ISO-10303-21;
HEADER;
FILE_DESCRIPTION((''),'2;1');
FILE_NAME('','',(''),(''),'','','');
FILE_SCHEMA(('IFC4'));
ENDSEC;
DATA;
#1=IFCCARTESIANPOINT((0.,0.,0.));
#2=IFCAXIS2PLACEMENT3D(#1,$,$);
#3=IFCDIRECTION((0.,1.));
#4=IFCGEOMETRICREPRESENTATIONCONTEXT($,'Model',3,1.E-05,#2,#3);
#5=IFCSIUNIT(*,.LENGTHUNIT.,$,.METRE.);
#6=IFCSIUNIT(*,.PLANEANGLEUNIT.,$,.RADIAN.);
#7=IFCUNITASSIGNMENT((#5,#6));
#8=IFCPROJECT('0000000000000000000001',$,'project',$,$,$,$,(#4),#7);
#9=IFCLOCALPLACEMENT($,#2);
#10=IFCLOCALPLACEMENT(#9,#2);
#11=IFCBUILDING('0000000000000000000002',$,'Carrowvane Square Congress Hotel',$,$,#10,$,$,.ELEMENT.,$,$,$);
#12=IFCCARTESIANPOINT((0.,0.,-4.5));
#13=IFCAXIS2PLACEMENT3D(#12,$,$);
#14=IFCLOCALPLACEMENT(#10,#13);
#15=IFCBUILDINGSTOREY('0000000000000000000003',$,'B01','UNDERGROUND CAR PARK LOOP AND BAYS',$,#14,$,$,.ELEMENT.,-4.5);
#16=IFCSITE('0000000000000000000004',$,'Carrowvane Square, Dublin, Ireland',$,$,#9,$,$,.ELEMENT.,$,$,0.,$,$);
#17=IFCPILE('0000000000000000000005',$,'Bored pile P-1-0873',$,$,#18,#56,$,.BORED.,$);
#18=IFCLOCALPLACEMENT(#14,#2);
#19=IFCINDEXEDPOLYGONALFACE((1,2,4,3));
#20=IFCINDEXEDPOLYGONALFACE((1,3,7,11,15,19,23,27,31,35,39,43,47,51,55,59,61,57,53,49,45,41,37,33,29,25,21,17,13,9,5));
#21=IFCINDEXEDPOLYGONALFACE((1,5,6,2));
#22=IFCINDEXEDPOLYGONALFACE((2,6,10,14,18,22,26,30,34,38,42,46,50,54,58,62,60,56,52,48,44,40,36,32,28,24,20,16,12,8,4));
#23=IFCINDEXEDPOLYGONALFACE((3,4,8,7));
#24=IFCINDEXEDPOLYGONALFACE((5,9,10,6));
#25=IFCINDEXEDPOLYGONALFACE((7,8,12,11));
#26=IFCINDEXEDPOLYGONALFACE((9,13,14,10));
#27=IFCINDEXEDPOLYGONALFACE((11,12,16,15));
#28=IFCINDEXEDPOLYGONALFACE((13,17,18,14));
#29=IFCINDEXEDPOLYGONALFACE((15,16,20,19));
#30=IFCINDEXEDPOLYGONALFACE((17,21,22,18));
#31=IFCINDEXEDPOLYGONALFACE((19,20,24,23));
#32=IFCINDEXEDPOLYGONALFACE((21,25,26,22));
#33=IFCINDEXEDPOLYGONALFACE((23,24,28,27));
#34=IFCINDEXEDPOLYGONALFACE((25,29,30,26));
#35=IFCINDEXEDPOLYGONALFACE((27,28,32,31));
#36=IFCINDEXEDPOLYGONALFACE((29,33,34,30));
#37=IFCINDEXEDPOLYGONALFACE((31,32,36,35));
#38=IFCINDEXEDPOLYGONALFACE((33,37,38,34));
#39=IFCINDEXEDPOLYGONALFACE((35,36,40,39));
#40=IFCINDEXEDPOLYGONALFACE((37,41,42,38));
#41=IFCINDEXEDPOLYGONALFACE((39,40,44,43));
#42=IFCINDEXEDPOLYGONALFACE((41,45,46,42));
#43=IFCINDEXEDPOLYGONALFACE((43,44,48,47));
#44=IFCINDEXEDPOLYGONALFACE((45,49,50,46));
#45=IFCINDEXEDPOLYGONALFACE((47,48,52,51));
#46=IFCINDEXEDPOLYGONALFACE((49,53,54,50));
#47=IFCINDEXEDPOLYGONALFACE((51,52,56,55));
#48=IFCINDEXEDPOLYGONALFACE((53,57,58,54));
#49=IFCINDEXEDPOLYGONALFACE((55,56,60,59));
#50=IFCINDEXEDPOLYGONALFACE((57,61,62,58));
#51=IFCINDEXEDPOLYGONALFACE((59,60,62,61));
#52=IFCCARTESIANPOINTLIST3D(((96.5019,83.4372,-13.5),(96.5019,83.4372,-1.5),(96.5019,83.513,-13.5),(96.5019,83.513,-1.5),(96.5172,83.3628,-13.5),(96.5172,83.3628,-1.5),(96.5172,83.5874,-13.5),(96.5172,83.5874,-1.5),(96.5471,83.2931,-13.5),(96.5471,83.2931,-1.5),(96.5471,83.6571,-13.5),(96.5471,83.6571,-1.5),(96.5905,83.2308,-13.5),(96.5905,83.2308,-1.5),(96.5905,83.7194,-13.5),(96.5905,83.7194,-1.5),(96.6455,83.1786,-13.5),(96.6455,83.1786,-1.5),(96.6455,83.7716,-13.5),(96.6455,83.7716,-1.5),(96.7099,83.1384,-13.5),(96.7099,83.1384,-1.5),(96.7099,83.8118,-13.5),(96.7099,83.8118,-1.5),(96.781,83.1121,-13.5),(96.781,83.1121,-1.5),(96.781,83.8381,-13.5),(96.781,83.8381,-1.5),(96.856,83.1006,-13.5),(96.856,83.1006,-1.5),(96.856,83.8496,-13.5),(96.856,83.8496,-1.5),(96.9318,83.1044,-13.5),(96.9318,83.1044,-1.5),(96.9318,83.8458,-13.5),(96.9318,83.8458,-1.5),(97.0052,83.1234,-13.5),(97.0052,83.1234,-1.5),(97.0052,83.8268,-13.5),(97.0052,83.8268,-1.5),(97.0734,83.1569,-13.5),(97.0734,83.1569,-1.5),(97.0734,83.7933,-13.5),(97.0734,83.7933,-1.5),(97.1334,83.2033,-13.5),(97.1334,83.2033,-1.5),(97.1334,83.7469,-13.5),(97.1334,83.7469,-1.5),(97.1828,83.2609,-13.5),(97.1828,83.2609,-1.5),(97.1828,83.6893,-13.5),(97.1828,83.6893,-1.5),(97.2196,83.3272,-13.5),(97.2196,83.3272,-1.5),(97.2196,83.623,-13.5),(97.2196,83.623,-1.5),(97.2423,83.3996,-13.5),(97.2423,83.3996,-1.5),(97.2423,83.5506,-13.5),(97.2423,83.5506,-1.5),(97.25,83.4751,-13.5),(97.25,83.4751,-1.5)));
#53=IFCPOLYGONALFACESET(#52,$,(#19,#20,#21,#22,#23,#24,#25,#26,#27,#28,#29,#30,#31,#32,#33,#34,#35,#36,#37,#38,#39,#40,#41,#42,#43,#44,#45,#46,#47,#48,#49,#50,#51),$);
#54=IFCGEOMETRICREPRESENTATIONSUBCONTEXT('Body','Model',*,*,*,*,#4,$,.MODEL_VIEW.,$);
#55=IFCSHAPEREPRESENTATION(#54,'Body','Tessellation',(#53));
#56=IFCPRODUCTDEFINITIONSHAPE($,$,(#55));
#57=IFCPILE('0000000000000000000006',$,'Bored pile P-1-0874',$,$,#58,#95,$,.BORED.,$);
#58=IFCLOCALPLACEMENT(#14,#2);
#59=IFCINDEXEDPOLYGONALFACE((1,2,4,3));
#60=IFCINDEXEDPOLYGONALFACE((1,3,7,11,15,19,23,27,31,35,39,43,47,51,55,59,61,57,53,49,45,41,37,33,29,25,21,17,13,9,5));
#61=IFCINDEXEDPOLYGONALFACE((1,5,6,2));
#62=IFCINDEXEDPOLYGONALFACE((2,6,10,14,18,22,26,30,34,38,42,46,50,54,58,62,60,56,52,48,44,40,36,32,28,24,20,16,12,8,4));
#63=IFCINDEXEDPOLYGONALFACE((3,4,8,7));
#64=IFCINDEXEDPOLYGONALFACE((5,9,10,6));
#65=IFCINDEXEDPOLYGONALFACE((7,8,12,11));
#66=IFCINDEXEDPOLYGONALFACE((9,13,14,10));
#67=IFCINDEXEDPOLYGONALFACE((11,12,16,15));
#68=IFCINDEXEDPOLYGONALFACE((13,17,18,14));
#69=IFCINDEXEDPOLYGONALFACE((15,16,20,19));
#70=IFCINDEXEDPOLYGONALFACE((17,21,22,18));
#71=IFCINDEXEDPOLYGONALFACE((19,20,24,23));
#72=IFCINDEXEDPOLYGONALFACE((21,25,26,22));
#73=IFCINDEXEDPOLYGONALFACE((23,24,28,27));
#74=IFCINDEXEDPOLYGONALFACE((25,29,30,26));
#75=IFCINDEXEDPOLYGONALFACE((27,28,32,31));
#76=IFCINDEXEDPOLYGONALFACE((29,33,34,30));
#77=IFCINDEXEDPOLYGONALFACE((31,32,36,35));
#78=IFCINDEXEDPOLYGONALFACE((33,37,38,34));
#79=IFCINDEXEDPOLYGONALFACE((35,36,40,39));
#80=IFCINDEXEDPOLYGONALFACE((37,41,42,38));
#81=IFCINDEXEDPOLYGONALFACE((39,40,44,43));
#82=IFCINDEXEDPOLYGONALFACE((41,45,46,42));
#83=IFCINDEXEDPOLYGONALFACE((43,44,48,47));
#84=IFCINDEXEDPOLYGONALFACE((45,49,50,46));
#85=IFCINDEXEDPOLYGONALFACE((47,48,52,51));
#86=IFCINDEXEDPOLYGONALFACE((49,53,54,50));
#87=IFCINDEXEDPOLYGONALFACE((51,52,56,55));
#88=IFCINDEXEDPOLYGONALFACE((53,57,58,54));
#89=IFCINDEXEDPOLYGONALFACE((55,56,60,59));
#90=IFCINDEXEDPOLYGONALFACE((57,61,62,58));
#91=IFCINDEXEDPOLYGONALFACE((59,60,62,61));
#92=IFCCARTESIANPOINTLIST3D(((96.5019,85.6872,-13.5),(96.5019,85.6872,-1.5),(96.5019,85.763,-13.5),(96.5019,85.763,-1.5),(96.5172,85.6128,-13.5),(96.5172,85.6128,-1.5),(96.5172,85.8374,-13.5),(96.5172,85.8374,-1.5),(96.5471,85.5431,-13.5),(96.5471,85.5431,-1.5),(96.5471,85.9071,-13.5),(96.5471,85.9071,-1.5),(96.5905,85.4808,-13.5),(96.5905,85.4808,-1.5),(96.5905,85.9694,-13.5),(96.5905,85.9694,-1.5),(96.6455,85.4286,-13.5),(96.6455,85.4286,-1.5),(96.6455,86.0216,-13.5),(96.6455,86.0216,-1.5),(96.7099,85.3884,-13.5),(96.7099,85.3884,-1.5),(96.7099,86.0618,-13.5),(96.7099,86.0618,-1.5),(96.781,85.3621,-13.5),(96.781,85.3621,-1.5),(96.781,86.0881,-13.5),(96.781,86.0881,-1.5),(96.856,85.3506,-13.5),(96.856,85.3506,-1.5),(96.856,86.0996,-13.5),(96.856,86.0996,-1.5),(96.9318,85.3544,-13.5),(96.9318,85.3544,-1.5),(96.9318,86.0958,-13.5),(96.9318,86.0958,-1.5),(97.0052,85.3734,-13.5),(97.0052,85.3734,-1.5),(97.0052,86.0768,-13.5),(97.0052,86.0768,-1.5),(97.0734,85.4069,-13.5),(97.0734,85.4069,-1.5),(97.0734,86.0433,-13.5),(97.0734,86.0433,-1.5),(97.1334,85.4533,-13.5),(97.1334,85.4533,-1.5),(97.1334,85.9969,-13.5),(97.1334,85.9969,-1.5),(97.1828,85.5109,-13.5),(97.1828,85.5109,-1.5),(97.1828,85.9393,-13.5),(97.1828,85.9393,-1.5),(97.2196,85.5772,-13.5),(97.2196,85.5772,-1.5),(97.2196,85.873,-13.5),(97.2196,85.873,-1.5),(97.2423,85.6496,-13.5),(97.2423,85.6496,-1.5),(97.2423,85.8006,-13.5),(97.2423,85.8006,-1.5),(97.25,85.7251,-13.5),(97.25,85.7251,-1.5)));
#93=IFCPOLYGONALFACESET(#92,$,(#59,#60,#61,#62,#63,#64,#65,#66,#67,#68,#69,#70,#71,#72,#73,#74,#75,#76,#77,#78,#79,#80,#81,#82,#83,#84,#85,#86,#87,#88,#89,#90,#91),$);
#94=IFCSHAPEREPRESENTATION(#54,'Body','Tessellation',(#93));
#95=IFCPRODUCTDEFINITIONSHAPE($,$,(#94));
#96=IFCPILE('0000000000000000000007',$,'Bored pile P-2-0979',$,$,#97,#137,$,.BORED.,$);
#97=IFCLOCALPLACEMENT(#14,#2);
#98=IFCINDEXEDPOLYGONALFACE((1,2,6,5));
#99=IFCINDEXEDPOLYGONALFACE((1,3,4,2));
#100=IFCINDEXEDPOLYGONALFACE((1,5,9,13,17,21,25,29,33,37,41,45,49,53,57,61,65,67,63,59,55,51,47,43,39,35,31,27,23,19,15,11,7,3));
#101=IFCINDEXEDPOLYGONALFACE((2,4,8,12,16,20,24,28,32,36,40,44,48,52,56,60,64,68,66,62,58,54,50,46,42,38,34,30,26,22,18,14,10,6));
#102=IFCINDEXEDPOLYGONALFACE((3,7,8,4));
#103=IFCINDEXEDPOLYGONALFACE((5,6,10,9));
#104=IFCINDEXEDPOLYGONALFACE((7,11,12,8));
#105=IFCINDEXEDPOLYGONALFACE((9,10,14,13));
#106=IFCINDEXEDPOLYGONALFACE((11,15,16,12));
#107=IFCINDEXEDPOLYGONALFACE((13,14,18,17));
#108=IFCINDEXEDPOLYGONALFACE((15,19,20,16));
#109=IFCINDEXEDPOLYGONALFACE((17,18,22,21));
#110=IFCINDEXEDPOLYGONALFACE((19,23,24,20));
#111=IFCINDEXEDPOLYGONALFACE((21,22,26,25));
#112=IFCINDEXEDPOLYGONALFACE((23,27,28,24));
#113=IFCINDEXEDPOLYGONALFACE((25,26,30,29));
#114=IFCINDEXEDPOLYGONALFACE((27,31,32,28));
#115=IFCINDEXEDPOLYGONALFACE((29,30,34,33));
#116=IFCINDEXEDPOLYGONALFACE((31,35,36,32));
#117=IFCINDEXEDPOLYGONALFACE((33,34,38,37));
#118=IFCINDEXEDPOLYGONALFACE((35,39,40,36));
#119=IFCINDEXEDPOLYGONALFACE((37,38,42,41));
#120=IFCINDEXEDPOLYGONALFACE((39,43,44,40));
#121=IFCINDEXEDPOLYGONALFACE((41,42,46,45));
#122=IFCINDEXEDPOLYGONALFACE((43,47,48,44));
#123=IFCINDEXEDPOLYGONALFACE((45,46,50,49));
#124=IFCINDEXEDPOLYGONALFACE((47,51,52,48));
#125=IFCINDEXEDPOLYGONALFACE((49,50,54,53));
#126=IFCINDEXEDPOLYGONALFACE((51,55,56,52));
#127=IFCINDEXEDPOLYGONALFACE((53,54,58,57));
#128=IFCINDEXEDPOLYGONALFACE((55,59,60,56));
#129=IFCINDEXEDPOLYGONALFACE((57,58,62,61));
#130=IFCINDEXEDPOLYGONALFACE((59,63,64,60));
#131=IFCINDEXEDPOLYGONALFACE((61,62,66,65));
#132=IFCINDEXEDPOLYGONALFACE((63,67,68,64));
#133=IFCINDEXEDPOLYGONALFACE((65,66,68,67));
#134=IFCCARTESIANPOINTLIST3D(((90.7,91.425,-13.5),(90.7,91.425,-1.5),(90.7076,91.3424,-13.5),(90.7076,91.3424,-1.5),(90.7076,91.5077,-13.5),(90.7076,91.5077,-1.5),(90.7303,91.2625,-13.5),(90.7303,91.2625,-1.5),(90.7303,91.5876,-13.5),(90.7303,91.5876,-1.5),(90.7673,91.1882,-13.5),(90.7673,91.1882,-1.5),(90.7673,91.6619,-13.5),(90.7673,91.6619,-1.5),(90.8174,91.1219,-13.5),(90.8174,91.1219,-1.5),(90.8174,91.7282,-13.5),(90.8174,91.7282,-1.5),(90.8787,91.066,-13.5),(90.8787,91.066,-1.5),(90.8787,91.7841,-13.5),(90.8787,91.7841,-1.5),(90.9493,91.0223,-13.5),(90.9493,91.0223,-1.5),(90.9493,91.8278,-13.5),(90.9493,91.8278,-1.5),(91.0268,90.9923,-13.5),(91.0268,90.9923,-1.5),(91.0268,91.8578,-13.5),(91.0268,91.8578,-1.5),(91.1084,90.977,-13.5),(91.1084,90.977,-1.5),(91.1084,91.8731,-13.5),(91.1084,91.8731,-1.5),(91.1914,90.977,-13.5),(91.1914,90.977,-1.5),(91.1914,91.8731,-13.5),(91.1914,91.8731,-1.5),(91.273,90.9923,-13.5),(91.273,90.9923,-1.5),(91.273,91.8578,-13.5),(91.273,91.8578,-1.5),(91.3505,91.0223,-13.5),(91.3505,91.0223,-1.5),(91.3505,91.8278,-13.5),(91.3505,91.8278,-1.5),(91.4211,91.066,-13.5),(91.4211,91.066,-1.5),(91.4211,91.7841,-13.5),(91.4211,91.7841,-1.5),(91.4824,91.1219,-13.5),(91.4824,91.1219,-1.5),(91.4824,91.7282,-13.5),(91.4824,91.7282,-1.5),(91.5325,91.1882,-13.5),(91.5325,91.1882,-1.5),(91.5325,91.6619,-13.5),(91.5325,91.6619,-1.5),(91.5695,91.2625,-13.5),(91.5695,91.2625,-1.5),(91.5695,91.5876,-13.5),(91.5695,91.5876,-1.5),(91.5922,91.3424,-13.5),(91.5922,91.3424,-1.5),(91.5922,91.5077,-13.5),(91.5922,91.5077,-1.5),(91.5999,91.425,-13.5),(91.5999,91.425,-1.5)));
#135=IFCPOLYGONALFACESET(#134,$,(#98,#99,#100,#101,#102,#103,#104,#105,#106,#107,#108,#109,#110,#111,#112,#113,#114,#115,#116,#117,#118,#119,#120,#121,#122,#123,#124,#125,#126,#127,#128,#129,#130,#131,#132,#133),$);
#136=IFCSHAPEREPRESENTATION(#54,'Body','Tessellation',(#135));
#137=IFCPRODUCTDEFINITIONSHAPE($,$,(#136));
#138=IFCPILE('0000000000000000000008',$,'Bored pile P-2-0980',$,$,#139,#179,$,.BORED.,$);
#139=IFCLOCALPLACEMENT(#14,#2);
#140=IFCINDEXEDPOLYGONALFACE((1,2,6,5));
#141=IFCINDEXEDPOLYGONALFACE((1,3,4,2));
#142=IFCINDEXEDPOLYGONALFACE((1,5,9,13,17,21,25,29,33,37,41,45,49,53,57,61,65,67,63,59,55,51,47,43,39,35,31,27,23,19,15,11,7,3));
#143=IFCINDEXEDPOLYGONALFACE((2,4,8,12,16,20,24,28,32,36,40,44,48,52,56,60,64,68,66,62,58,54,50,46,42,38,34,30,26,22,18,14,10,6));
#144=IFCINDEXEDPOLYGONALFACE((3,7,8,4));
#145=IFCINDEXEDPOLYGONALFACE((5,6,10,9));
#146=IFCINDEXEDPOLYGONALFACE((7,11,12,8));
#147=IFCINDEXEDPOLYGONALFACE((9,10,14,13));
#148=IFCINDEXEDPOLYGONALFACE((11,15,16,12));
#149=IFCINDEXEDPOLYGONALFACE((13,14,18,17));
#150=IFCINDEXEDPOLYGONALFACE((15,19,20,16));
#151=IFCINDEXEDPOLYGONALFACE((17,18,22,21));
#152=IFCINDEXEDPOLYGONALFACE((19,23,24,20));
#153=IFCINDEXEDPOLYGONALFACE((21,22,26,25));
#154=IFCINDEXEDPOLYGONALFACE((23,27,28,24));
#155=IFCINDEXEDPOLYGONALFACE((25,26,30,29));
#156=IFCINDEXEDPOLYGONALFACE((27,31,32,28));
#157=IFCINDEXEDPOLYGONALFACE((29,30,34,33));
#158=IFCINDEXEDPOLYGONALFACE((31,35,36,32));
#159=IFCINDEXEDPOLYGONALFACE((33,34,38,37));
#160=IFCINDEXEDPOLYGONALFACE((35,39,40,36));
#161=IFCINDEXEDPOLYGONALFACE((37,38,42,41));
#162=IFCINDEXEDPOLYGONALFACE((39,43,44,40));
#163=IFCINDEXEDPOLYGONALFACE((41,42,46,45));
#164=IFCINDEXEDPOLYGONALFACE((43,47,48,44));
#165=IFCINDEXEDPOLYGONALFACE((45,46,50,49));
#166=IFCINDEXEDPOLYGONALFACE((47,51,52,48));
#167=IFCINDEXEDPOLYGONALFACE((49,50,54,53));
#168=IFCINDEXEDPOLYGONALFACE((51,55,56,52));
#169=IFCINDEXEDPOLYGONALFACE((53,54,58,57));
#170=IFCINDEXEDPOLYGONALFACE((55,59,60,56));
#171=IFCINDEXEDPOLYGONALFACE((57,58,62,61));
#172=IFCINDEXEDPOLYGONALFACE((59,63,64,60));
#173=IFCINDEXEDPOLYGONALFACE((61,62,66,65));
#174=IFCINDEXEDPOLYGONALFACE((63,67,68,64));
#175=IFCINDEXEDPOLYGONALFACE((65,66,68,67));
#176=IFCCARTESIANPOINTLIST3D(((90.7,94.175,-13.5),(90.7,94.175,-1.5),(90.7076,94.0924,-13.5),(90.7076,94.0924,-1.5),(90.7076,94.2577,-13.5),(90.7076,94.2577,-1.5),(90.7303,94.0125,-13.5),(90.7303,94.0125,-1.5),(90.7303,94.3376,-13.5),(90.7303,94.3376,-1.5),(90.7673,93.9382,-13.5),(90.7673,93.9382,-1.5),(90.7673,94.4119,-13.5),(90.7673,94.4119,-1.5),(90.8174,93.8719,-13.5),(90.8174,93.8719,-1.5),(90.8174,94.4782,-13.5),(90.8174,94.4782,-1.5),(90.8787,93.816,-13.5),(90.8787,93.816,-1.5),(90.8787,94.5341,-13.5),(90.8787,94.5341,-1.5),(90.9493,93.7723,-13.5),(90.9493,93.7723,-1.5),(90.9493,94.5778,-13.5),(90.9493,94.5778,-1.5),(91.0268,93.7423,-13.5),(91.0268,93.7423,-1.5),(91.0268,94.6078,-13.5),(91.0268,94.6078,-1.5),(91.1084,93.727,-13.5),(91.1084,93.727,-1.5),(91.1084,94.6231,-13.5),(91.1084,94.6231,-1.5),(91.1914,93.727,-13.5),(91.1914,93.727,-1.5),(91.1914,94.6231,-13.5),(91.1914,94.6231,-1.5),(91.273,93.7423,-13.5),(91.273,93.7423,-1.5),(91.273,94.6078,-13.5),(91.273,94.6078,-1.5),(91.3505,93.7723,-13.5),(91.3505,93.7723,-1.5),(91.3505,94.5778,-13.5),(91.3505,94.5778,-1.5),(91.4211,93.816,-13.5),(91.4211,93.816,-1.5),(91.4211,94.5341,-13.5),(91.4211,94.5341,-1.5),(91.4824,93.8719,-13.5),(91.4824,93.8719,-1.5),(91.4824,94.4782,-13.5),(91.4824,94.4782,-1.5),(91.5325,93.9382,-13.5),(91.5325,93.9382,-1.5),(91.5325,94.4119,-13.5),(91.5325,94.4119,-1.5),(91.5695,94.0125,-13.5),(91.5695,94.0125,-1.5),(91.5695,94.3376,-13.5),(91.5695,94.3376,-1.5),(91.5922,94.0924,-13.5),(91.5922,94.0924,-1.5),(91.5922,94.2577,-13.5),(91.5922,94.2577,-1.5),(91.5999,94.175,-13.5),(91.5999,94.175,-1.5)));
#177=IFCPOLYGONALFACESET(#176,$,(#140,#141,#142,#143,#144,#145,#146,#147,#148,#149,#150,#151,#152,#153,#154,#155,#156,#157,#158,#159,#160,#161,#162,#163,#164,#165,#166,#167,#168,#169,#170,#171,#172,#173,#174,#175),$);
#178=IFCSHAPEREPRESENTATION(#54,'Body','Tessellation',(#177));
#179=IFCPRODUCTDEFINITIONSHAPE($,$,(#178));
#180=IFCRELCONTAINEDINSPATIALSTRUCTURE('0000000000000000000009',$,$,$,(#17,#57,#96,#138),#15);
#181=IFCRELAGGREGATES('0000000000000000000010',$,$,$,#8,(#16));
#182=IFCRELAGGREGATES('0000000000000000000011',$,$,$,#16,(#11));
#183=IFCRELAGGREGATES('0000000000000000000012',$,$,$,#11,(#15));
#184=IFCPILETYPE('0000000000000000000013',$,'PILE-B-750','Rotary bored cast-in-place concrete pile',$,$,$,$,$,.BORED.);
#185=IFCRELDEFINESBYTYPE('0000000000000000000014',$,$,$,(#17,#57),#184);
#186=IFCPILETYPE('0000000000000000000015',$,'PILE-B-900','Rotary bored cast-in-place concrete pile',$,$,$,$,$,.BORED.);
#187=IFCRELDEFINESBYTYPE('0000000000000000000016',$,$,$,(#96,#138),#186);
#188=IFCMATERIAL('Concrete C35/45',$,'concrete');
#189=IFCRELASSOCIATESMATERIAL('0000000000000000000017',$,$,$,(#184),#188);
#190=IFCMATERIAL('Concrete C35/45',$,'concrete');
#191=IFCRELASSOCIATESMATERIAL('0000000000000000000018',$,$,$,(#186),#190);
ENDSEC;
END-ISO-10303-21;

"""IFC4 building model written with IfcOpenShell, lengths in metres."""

from ifc_helpers import new_model, si_unit, direction, frame, origin, origin_2d, place, context, subcontext, project, spatial, circle, extrude, material, material_profile, profile_set, type_object, element, save


model = new_model("IFC4")

# Units and contexts
model_context = context("Model", 3, precision=1e-05, world=origin(), true_north=direction((0.0, 1.0)))
body_context = subcontext(model_context, "Body", "Model", "MODEL_VIEW")
ifc_project = project(units=[si_unit("LENGTHUNIT", "METRE"), si_unit("PLANEANGLEUNIT", "RADIAN")], contexts=[model_context])

# Site, building, storey
site_placement = place(None, origin())
site = spatial("IfcSite", under=ifc_project, at=site_placement, Name="Carrowvane Square, Dublin, Ireland", CompositionType="ELEMENT", RefElevation=0.0)
building_placement = place(site_placement, origin())
building = spatial("IfcBuilding", under=site, at=building_placement, Name="Carrowvane Square Congress Hotel", CompositionType="ELEMENT")
storey_placement = place(building_placement, frame((0.0, 0.0, -4.5)))
storey = spatial("IfcBuildingStorey", under=building, at=storey_placement, Name="B01", Description="UNDERGROUND CAR PARK LOOP AND BAYS", CompositionType="ELEMENT", Elevation=-4.5)

# Piles
ifc_material_1 = material(Name="Concrete C35/45", Category="concrete")
ifc_material_profile_1 = material_profile(ifc_material_1, circle(Radius=0.375, at=origin_2d()), Name="PILE D750")
ifc_profile_set_1 = profile_set([ifc_material_profile_1], Name="Concrete C35/45")
pile_type_1 = type_object("IfcPileType", Name="PILE-B-750", Description="Rotary bored cast-in-place concrete pile", PredefinedType="BORED", material=ifc_profile_set_1)
for number, where, z_axis, x_axis, name in (
    (1, (96.875, 83.4751, -1.5), (0.0, 0.0, -1.0), (1.0, 0.0, 0.0), "Bored pile P-1-0873"),
    (2, (96.875, 85.7251, -1.5), (0.0, 0.0, -1.0), (1.0, 0.0, 0.0), "Bored pile P-1-0874"),
):
    element("IfcPile", number, at=place(storey_placement, frame(where, z_axis=z_axis, x_axis=x_axis)), inside=storey, type_object=pile_type_1, Name=name, PredefinedType="BORED", context=body_context, shape_type="SweptSolid", body=[
        extrude(circle(Radius=0.375, at=origin_2d()), origin(), (0.0, 0.0, 1.0), 12.0),
    ])
ifc_material_2 = material(Name="Concrete C35/45", Category="concrete")
ifc_material_profile_2 = material_profile(ifc_material_2, circle(Radius=0.45, at=origin_2d()), Name="PILE D900")
ifc_profile_set_2 = profile_set([ifc_material_profile_2], Name="Concrete C35/45")
pile_type_2 = type_object("IfcPileType", Name="PILE-B-900", Description="Rotary bored cast-in-place concrete pile", PredefinedType="BORED", material=ifc_profile_set_2)
for number, where, z_axis, x_axis, name in (
    (3, (91.1499, 91.425, -1.5), (0.0, 0.0, -1.0), (1.0, 0.0, 0.0), "Bored pile P-2-0979"),
    (4, (91.1499, 94.175, -1.5), (0.0, 0.0, -1.0), (1.0, 0.0, 0.0), "Bored pile P-2-0980"),
):
    element("IfcPile", number, at=place(storey_placement, frame(where, z_axis=z_axis, x_axis=x_axis)), inside=storey, type_object=pile_type_2, Name=name, PredefinedType="BORED", context=body_context, shape_type="SweptSolid", body=[
        extrude(circle(Radius=0.45, at=origin_2d()), origin(), (0.0, 0.0, 1.0), 12.0),
    ])

save(model, "model.ifc")
